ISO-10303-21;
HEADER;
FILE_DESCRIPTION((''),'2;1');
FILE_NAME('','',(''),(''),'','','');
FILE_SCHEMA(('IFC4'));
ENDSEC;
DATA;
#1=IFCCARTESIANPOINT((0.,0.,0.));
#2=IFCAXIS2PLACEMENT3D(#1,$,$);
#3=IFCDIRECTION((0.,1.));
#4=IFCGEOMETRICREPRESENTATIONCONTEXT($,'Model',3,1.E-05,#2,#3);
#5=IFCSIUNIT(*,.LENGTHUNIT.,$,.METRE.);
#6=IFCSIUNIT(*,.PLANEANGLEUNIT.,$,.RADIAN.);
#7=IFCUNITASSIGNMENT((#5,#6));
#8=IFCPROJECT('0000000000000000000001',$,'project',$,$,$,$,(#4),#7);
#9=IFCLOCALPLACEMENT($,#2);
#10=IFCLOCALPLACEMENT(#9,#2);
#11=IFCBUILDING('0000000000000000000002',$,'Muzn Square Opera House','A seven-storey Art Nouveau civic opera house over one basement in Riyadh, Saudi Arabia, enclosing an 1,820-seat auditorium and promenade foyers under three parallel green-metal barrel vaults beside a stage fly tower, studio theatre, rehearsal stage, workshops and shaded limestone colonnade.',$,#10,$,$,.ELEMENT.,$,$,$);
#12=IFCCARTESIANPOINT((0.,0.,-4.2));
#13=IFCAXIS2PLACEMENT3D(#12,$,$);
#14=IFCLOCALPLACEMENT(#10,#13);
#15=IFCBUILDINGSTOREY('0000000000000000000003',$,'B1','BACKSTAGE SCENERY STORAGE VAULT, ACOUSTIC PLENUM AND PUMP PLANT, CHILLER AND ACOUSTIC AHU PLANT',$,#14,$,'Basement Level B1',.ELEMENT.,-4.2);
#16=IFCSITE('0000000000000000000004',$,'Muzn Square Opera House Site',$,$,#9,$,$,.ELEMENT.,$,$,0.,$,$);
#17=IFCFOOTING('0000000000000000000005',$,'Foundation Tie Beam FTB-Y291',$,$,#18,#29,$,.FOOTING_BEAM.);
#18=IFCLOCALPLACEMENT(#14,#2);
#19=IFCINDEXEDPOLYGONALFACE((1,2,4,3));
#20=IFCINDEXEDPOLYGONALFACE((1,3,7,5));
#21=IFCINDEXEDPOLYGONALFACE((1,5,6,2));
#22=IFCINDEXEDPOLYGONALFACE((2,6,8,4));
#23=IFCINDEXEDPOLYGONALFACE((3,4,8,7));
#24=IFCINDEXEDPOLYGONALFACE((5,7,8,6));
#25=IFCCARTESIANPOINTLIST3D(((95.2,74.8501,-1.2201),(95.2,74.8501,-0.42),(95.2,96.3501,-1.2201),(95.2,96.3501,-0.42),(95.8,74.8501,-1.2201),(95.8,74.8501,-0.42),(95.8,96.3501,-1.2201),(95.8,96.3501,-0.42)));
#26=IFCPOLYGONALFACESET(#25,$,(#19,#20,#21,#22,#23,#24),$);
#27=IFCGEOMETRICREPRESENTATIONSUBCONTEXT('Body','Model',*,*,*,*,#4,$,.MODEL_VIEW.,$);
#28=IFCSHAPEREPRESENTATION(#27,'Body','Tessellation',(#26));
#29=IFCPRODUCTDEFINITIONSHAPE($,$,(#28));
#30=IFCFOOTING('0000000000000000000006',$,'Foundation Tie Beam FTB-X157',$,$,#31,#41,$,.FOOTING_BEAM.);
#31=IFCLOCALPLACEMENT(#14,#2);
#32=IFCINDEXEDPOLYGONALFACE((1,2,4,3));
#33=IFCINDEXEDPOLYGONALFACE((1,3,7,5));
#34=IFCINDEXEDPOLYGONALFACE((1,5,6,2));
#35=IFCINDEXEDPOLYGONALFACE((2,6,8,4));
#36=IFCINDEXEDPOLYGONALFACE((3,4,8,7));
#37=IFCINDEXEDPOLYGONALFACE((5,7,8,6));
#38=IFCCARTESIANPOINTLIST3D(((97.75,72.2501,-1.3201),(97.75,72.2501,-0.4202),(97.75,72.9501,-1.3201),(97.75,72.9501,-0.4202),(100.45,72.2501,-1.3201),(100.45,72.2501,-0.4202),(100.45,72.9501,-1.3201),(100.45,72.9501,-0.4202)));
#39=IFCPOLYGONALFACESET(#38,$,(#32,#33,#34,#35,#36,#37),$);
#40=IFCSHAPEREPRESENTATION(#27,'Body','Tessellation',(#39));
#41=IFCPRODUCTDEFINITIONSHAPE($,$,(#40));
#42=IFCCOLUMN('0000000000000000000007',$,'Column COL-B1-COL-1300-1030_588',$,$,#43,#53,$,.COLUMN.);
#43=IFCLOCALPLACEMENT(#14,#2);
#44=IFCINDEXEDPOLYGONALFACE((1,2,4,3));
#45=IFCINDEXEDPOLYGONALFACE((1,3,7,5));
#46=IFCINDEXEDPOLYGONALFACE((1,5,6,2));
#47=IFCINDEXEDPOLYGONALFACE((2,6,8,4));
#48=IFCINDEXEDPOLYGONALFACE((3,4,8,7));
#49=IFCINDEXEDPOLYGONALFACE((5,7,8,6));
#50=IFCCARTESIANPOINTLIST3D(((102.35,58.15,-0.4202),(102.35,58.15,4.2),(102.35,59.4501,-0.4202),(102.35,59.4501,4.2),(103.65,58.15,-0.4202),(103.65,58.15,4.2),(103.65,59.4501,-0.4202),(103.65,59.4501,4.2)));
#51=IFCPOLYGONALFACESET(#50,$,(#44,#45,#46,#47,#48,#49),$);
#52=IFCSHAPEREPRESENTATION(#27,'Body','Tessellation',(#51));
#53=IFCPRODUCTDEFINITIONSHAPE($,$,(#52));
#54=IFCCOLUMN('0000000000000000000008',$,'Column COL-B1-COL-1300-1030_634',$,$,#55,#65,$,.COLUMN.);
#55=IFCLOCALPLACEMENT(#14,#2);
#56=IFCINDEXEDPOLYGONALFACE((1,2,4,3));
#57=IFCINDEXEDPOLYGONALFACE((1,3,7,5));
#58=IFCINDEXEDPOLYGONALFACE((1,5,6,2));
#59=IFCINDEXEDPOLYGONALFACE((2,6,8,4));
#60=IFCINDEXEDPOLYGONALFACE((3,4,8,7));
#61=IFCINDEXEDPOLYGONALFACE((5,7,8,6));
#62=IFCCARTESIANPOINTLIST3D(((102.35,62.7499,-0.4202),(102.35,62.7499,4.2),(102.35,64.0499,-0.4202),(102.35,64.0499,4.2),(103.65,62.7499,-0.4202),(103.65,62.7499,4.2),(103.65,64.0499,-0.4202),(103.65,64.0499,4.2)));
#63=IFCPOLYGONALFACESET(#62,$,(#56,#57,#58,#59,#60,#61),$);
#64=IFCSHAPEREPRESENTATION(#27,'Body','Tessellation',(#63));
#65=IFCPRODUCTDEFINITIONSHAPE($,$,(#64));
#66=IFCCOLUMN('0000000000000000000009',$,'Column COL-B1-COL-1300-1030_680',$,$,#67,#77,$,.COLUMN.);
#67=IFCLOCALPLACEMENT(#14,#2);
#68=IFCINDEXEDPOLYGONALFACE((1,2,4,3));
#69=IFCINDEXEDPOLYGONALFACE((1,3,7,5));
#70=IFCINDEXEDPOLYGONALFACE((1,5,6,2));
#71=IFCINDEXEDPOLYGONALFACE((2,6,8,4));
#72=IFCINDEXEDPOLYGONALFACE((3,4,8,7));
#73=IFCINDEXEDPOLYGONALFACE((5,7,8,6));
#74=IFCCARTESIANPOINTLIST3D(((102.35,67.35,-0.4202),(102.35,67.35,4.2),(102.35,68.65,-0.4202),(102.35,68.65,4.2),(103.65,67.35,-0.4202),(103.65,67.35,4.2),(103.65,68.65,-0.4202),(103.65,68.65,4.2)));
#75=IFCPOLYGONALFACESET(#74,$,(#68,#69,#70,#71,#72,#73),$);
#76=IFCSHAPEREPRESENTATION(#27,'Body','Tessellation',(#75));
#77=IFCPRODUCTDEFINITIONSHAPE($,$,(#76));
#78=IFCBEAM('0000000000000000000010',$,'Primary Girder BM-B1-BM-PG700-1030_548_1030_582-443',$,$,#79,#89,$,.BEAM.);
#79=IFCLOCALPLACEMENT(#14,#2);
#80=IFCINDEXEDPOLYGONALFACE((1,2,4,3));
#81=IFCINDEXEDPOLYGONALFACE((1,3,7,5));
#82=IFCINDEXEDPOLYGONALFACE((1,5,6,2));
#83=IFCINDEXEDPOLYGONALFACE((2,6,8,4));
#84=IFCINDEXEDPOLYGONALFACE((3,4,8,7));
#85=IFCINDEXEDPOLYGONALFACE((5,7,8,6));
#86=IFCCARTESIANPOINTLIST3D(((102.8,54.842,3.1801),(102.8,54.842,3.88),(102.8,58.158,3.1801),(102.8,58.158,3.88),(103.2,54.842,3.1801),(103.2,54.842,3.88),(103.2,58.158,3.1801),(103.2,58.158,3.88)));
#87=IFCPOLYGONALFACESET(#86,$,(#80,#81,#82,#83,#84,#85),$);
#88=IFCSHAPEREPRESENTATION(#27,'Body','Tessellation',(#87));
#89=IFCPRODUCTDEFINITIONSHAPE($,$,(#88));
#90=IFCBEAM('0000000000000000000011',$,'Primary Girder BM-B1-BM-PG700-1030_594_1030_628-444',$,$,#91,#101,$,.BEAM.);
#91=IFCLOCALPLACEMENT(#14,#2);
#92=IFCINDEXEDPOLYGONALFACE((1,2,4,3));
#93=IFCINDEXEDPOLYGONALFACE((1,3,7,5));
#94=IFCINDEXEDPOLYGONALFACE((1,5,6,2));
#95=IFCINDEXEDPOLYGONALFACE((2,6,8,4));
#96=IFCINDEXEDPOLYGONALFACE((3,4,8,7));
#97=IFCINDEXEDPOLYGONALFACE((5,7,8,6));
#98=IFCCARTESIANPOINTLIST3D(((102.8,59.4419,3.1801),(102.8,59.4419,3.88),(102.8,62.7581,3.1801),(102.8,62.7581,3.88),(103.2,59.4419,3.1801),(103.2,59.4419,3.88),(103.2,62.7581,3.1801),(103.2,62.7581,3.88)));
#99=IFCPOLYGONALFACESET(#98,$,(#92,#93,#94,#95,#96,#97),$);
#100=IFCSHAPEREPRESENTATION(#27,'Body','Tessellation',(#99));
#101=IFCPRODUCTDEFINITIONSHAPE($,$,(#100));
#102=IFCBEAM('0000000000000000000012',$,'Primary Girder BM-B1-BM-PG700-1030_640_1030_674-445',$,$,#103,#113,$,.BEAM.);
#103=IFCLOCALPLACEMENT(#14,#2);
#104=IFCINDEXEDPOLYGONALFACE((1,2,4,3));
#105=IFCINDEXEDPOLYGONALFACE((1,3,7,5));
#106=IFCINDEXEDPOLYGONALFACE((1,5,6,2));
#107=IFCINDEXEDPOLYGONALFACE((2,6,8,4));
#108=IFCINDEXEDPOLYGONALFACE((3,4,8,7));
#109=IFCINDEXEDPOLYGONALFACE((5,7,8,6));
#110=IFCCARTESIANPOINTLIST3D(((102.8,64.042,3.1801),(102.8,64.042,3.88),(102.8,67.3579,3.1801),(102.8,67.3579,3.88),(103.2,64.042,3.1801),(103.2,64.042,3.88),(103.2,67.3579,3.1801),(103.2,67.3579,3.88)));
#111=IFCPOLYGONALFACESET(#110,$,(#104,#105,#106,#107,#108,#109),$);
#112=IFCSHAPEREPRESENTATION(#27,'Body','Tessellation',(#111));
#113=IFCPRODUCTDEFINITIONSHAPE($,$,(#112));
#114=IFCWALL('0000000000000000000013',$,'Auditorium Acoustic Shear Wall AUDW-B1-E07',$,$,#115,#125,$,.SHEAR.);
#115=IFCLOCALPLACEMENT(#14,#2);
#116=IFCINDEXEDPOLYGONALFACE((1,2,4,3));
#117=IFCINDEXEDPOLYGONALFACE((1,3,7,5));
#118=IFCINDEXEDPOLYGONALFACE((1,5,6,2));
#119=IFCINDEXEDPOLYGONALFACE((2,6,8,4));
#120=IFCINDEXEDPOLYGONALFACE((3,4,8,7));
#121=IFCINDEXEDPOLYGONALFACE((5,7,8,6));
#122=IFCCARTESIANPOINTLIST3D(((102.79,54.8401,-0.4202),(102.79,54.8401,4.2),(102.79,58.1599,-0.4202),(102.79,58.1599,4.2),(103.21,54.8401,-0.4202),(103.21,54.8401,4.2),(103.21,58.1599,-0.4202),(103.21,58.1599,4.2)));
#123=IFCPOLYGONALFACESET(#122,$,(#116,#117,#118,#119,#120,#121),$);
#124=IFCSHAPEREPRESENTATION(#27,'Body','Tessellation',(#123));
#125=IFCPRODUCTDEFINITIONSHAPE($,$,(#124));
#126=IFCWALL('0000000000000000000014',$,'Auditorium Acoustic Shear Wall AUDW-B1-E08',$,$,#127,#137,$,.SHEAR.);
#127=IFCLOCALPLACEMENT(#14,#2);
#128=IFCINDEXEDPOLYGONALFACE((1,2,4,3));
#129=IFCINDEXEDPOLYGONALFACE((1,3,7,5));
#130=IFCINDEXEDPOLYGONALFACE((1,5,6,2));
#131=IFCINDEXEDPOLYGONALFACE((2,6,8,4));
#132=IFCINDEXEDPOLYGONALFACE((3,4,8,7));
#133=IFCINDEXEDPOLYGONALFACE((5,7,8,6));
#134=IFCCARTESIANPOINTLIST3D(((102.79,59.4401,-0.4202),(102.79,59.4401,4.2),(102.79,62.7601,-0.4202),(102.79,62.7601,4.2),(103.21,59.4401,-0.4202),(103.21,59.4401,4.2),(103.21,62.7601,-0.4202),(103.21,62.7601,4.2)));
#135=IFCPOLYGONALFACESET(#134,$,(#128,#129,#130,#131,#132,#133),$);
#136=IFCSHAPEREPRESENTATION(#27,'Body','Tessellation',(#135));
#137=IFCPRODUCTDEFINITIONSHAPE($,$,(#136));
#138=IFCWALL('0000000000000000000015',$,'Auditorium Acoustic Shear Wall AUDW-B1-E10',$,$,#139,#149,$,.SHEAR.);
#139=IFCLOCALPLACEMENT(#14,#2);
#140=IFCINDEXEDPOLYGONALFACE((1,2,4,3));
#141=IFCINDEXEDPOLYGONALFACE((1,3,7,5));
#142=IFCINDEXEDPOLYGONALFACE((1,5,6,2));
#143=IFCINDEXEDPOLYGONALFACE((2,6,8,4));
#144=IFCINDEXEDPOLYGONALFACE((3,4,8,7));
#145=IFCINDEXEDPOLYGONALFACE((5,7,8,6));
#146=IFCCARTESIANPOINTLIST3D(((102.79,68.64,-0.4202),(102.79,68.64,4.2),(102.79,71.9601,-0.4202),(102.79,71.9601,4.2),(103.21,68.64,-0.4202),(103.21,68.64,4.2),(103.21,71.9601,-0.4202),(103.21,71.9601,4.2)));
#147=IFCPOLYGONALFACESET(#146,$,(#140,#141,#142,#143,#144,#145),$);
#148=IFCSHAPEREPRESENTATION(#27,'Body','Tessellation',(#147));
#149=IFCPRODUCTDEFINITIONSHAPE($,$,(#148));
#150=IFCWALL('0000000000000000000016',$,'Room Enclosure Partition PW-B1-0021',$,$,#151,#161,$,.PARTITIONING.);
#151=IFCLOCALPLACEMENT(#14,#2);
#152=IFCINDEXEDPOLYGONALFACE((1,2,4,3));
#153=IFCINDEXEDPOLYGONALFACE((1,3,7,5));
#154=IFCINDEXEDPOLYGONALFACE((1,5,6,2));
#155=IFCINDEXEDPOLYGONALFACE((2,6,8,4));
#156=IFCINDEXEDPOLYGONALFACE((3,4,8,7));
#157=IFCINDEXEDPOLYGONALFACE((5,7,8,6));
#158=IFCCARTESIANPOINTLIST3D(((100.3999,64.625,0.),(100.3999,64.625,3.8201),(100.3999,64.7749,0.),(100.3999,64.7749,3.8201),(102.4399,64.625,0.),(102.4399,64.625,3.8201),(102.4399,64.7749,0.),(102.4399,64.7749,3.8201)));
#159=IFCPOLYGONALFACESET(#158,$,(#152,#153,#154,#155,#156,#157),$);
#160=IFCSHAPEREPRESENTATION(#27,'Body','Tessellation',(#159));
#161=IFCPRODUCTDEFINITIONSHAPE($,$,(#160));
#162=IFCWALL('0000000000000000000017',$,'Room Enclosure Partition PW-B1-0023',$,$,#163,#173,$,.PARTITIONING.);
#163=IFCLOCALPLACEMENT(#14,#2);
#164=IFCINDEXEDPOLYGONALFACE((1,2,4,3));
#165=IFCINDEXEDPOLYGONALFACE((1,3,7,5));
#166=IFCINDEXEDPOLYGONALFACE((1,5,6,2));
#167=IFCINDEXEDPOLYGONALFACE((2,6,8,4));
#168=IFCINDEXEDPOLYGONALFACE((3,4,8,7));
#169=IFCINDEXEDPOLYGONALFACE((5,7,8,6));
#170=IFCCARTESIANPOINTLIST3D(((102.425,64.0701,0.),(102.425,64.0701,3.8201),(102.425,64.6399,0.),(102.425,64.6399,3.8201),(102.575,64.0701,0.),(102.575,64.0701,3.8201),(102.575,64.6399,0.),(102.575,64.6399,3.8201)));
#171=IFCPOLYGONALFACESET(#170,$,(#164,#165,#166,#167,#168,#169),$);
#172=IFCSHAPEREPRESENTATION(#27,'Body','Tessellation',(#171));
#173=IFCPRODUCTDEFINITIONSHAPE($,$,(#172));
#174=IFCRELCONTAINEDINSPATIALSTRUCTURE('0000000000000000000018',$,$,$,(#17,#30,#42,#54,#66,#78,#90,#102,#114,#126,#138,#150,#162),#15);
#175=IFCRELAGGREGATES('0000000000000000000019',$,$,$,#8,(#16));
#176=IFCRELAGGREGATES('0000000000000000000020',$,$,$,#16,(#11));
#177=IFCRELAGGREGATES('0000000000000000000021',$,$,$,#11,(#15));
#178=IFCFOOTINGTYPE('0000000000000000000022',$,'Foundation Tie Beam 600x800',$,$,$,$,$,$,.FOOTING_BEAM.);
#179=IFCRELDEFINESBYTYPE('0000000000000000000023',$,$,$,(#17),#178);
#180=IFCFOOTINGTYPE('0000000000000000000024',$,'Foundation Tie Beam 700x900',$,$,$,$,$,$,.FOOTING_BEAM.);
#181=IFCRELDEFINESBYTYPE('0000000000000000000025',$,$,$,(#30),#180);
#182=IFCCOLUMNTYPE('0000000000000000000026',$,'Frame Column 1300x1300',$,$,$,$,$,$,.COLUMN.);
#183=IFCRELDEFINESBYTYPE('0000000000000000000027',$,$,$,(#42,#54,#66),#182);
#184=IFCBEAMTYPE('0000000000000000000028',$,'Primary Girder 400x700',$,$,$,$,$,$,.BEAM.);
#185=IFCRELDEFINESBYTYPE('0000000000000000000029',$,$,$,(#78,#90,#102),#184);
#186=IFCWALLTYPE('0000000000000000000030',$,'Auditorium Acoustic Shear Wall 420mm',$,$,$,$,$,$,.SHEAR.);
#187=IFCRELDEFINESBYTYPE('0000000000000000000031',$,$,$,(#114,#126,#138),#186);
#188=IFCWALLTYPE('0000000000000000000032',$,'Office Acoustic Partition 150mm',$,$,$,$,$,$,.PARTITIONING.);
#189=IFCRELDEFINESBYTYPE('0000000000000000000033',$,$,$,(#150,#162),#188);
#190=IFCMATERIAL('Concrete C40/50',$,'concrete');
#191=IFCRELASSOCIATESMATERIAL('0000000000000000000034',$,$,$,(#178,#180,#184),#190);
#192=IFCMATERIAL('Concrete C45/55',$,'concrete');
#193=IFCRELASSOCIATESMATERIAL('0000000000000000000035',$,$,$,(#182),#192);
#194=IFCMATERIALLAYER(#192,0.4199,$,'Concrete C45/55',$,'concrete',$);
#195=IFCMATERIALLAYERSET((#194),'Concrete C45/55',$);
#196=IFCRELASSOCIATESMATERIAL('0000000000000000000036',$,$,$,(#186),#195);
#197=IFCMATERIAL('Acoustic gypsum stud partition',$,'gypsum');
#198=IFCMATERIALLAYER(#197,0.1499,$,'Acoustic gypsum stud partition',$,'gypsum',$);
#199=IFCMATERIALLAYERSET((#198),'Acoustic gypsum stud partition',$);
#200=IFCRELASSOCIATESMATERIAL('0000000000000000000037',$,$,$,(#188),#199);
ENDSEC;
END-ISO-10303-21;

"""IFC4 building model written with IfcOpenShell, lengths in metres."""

from ifc_helpers import new_model, si_unit, direction, frame, frame_2d, origin, origin_2d, place, context, subcontext, project, spatial, rectangle, extrude, material, layer, layer_set, material_profile, profile_set, type_object, element, save


model = new_model("IFC4")

# Units and contexts
model_context = context("Model", 3, precision=1e-05, world=origin(), true_north=direction((0.0, 1.0)))
body_context = subcontext(model_context, "Body", "Model", "MODEL_VIEW")
ifc_project = project(units=[si_unit("LENGTHUNIT", "METRE"), si_unit("PLANEANGLEUNIT", "RADIAN")], contexts=[model_context])

# Site, building, storey
site_placement = place(None, origin())
site = spatial("IfcSite", under=ifc_project, at=site_placement, Name="Muzn Square Opera House Site", CompositionType="ELEMENT", RefElevation=0.0)
building_placement = place(site_placement, origin())
building = spatial("IfcBuilding", under=site, at=building_placement, Name="Muzn Square Opera House", Description="A seven-storey Art Nouveau civic opera house over one basement in Riyadh, Saudi Arabia, enclosing an 1,820-seat auditorium and promenade foyers under three parallel green-metal barrel vaults beside a stage fly tower, studio theatre, rehearsal stage, workshops and shaded limestone colonnade.", CompositionType="ELEMENT")
storey_placement = place(building_placement, frame((0.0, 0.0, -4.2)))
storey = spatial("IfcBuildingStorey", under=building, at=storey_placement, Name="B1", Description="BACKSTAGE SCENERY STORAGE VAULT, ACOUSTIC PLENUM AND PUMP PLANT, CHILLER AND ACOUSTIC AHU PLANT", LongName="Basement Level B1", CompositionType="ELEMENT", Elevation=-4.2)

# Shared definitions
ifc_material_1 = material(Name="Concrete C40/50", Category="concrete")

# Footings
ifc_material_profile_1 = material_profile(ifc_material_1, rectangle(XDim=0.6001, YDim=0.8, at=origin_2d()), Name="RCTB 600x800", Category="concrete")
ifc_profile_set_1 = profile_set([ifc_material_profile_1], Name="Concrete C40/50")
footing_type_1 = type_object("IfcFootingType", Name="Foundation Tie Beam 600x800", PredefinedType="FOOTING_BEAM", material=ifc_profile_set_1)
footing_1_placement = place(storey_placement, frame((95.5, 74.8501, -0.8201), z_axis=(0.0, 1.0, 0.0), x_axis=(-1.0, 0.0, 0.0)))
element("IfcFooting", 1, at=footing_1_placement, inside=storey, type_object=footing_type_1, Name="Foundation Tie Beam FTB-Y291", PredefinedType="FOOTING_BEAM", context=body_context, shape_type="SweptSolid", body=[
    extrude(rectangle(XDim=0.6001, YDim=0.8, at=origin_2d()), origin(), (0.0, 0.0, 1.0), 21.5),
])
ifc_material_profile_2 = material_profile(ifc_material_1, rectangle(XDim=0.7, YDim=0.8999, at=origin_2d()), Name="RCTB 700x900", Category="concrete")
ifc_profile_set_2 = profile_set([ifc_material_profile_2], Name="Concrete C40/50")
footing_type_2 = type_object("IfcFootingType", Name="Foundation Tie Beam 700x900", PredefinedType="FOOTING_BEAM", material=ifc_profile_set_2)
footing_2_placement = place(storey_placement, frame((97.75, 72.6001, -0.8701), z_axis=(1.0, 0.0, 0.0), x_axis=(0.0, 1.0, 0.0)))
element("IfcFooting", 2, at=footing_2_placement, inside=storey, type_object=footing_type_2, Name="Foundation Tie Beam FTB-X157", PredefinedType="FOOTING_BEAM", context=body_context, shape_type="SweptSolid", body=[
    extrude(rectangle(XDim=0.7, YDim=0.8999, at=origin_2d()), origin(), (0.0, 0.0, 1.0), 2.7),
])

# Columns
ifc_material_2 = material(Name="Concrete C45/55", Category="concrete")
ifc_material_profile_3 = material_profile(ifc_material_2, rectangle(XDim=1.3, YDim=1.3, at=origin_2d()), Name="RC 1300x1300", Category="concrete")
ifc_profile_set_3 = profile_set([ifc_material_profile_3], Name="Concrete C45/55")
column_type = type_object("IfcColumnType", Name="Frame Column 1300x1300", PredefinedType="COLUMN", material=ifc_profile_set_3)
for number, where, z_axis, x_axis, name in (
    (3, (103.0, 58.8, -0.4202), (0.0, 0.0, 1.0), (1.0, 0.0, 0.0), "Column COL-B1-COL-1300-1030_588"),
    (4, (103.0, 63.3999, -0.4202), (0.0, 0.0, 1.0), (1.0, 0.0, 0.0), "Column COL-B1-COL-1300-1030_634"),
    (5, (103.0, 68.0, -0.4202), (0.0, 0.0, 1.0), (1.0, 0.0, 0.0), "Column COL-B1-COL-1300-1030_680"),
):
    element("IfcColumn", number, at=place(storey_placement, frame(where, z_axis=z_axis, x_axis=x_axis)), inside=storey, type_object=column_type, Name=name, PredefinedType="COLUMN", context=body_context, shape_type="SweptSolid", body=[
        extrude(rectangle(XDim=1.3, YDim=1.3, at=origin_2d()), origin(), (0.0, 0.0, 1.0), 4.6201),
    ])

# Beams
ifc_material_profile_4 = material_profile(ifc_material_1, rectangle(XDim=0.3999, YDim=0.7, at=origin_2d()), Name="RCB 400x700", Category="concrete")
ifc_profile_set_4 = profile_set([ifc_material_profile_4], Name="Concrete C40/50")
beam_type = type_object("IfcBeamType", Name="Primary Girder 400x700", PredefinedType="BEAM", material=ifc_profile_set_4)
beam_1_placement = place(storey_placement, frame((103.0, 54.842, 3.53), z_axis=(0.0, 1.0, 0.0), x_axis=(-1.0, 0.0, 0.0)))
element("IfcBeam", 6, at=beam_1_placement, inside=storey, type_object=beam_type, Name="Primary Girder BM-B1-BM-PG700-1030_548_1030_582-443", PredefinedType="BEAM", context=body_context, shape_type="SweptSolid", body=[
    extrude(rectangle(XDim=0.3999, YDim=0.7, at=origin_2d()), origin(), (0.0, 0.0, 1.0), 3.3159),
])
beam_2_placement = place(storey_placement, frame((103.0, 59.4419, 3.53), z_axis=(0.0, 1.0, 0.0), x_axis=(-1.0, 0.0, 0.0)))
element("IfcBeam", 7, at=beam_2_placement, inside=storey, type_object=beam_type, Name="Primary Girder BM-B1-BM-PG700-1030_594_1030_628-444", PredefinedType="BEAM", context=body_context, shape_type="SweptSolid", body=[
    extrude(rectangle(XDim=0.3999, YDim=0.7, at=origin_2d()), origin(), (0.0, 0.0, 1.0), 3.3162),
])
beam_3_placement = place(storey_placement, frame((103.0, 64.042, 3.53), z_axis=(0.0, 1.0, 0.0), x_axis=(-1.0, 0.0, 0.0)))
element("IfcBeam", 8, at=beam_3_placement, inside=storey, type_object=beam_type, Name="Primary Girder BM-B1-BM-PG700-1030_640_1030_674-445", PredefinedType="BEAM", context=body_context, shape_type="SweptSolid", body=[
    extrude(rectangle(XDim=0.3999, YDim=0.7, at=origin_2d()), origin(), (0.0, 0.0, 1.0), 3.3159),
])

# Walls
ifc_layer_1 = layer(ifc_material_2, 0.4199, Name="Concrete C45/55", Category="concrete")
ifc_layer_set_1 = layer_set([ifc_layer_1], Name="Concrete C45/55")
wall_type_1 = type_object("IfcWallType", Name="Auditorium Acoustic Shear Wall 420mm", PredefinedType="SHEAR", material=ifc_layer_set_1)
wall_1_placement = place(storey_placement, frame((103.0, 54.8401, -0.4202), z_axis=(0.0, 0.0, 1.0), x_axis=(0.0, 1.0, 0.0)))
element("IfcWall", 9, at=wall_1_placement, inside=storey, type_object=wall_type_1, Name="Auditorium Acoustic Shear Wall AUDW-B1-E07", PredefinedType="SHEAR", context=body_context, shape_type="SweptSolid", body=[
    extrude(rectangle(XDim=3.3198, YDim=0.4199, at=frame_2d((1.6599, 0.0))), origin(), (0.0, 0.0, 1.0), 4.6201),
])
for number, where, z_axis, x_axis, name in (
    (10, (103.0, 59.4399, -0.4202), (0.0, 0.0, 1.0), (0.0, 1.0, 0.0), "Auditorium Acoustic Shear Wall AUDW-B1-E08"),
    (11, (103.0, 68.6399, -0.4202), (0.0, 0.0, 1.0), (0.0, 1.0, 0.0), "Auditorium Acoustic Shear Wall AUDW-B1-E10"),
):
    element("IfcWall", number, at=place(storey_placement, frame(where, z_axis=z_axis, x_axis=x_axis)), inside=storey, type_object=wall_type_1, Name=name, PredefinedType="SHEAR", context=body_context, shape_type="SweptSolid", body=[
        extrude(rectangle(XDim=3.3201, YDim=0.4199, at=frame_2d((1.6602, 0.0))), origin(), (0.0, 0.0, 1.0), 4.6201),
    ])
ifc_material_3 = material(Name="Acoustic gypsum stud partition", Category="gypsum")
ifc_layer_2 = layer(ifc_material_3, 0.1499, Name="Acoustic gypsum stud partition", Category="gypsum")
ifc_layer_set_2 = layer_set([ifc_layer_2], Name="Acoustic gypsum stud partition")
wall_type_2 = type_object("IfcWallType", Name="Office Acoustic Partition 150mm", PredefinedType="PARTITIONING", material=ifc_layer_set_2)
wall_2_placement = place(storey_placement, frame((100.3999, 64.7, 0.0), z_axis=(0.0, 0.0, 1.0), x_axis=(1.0, 0.0, 0.0)))
element("IfcWall", 12, at=wall_2_placement, inside=storey, type_object=wall_type_2, Name="Room Enclosure Partition PW-B1-0021", PredefinedType="PARTITIONING", context=body_context, shape_type="SweptSolid", body=[
    extrude(rectangle(XDim=2.04, YDim=0.1499, at=frame_2d((1.02, 0.0))), origin(), (0.0, 0.0, 1.0), 3.8201),
])
wall_3_placement = place(storey_placement, frame((102.5, 64.0701, 0.0), z_axis=(0.0, 0.0, 1.0), x_axis=(0.0, 1.0, 0.0)))
element("IfcWall", 13, at=wall_3_placement, inside=storey, type_object=wall_type_2, Name="Room Enclosure Partition PW-B1-0023", PredefinedType="PARTITIONING", context=body_context, shape_type="SweptSolid", body=[
    extrude(rectangle(XDim=0.5698, YDim=0.1499, at=frame_2d((0.2849, 0.0))), origin(), (0.0, 0.0, 1.0), 3.8201),
])

save(model, "model.ifc")
